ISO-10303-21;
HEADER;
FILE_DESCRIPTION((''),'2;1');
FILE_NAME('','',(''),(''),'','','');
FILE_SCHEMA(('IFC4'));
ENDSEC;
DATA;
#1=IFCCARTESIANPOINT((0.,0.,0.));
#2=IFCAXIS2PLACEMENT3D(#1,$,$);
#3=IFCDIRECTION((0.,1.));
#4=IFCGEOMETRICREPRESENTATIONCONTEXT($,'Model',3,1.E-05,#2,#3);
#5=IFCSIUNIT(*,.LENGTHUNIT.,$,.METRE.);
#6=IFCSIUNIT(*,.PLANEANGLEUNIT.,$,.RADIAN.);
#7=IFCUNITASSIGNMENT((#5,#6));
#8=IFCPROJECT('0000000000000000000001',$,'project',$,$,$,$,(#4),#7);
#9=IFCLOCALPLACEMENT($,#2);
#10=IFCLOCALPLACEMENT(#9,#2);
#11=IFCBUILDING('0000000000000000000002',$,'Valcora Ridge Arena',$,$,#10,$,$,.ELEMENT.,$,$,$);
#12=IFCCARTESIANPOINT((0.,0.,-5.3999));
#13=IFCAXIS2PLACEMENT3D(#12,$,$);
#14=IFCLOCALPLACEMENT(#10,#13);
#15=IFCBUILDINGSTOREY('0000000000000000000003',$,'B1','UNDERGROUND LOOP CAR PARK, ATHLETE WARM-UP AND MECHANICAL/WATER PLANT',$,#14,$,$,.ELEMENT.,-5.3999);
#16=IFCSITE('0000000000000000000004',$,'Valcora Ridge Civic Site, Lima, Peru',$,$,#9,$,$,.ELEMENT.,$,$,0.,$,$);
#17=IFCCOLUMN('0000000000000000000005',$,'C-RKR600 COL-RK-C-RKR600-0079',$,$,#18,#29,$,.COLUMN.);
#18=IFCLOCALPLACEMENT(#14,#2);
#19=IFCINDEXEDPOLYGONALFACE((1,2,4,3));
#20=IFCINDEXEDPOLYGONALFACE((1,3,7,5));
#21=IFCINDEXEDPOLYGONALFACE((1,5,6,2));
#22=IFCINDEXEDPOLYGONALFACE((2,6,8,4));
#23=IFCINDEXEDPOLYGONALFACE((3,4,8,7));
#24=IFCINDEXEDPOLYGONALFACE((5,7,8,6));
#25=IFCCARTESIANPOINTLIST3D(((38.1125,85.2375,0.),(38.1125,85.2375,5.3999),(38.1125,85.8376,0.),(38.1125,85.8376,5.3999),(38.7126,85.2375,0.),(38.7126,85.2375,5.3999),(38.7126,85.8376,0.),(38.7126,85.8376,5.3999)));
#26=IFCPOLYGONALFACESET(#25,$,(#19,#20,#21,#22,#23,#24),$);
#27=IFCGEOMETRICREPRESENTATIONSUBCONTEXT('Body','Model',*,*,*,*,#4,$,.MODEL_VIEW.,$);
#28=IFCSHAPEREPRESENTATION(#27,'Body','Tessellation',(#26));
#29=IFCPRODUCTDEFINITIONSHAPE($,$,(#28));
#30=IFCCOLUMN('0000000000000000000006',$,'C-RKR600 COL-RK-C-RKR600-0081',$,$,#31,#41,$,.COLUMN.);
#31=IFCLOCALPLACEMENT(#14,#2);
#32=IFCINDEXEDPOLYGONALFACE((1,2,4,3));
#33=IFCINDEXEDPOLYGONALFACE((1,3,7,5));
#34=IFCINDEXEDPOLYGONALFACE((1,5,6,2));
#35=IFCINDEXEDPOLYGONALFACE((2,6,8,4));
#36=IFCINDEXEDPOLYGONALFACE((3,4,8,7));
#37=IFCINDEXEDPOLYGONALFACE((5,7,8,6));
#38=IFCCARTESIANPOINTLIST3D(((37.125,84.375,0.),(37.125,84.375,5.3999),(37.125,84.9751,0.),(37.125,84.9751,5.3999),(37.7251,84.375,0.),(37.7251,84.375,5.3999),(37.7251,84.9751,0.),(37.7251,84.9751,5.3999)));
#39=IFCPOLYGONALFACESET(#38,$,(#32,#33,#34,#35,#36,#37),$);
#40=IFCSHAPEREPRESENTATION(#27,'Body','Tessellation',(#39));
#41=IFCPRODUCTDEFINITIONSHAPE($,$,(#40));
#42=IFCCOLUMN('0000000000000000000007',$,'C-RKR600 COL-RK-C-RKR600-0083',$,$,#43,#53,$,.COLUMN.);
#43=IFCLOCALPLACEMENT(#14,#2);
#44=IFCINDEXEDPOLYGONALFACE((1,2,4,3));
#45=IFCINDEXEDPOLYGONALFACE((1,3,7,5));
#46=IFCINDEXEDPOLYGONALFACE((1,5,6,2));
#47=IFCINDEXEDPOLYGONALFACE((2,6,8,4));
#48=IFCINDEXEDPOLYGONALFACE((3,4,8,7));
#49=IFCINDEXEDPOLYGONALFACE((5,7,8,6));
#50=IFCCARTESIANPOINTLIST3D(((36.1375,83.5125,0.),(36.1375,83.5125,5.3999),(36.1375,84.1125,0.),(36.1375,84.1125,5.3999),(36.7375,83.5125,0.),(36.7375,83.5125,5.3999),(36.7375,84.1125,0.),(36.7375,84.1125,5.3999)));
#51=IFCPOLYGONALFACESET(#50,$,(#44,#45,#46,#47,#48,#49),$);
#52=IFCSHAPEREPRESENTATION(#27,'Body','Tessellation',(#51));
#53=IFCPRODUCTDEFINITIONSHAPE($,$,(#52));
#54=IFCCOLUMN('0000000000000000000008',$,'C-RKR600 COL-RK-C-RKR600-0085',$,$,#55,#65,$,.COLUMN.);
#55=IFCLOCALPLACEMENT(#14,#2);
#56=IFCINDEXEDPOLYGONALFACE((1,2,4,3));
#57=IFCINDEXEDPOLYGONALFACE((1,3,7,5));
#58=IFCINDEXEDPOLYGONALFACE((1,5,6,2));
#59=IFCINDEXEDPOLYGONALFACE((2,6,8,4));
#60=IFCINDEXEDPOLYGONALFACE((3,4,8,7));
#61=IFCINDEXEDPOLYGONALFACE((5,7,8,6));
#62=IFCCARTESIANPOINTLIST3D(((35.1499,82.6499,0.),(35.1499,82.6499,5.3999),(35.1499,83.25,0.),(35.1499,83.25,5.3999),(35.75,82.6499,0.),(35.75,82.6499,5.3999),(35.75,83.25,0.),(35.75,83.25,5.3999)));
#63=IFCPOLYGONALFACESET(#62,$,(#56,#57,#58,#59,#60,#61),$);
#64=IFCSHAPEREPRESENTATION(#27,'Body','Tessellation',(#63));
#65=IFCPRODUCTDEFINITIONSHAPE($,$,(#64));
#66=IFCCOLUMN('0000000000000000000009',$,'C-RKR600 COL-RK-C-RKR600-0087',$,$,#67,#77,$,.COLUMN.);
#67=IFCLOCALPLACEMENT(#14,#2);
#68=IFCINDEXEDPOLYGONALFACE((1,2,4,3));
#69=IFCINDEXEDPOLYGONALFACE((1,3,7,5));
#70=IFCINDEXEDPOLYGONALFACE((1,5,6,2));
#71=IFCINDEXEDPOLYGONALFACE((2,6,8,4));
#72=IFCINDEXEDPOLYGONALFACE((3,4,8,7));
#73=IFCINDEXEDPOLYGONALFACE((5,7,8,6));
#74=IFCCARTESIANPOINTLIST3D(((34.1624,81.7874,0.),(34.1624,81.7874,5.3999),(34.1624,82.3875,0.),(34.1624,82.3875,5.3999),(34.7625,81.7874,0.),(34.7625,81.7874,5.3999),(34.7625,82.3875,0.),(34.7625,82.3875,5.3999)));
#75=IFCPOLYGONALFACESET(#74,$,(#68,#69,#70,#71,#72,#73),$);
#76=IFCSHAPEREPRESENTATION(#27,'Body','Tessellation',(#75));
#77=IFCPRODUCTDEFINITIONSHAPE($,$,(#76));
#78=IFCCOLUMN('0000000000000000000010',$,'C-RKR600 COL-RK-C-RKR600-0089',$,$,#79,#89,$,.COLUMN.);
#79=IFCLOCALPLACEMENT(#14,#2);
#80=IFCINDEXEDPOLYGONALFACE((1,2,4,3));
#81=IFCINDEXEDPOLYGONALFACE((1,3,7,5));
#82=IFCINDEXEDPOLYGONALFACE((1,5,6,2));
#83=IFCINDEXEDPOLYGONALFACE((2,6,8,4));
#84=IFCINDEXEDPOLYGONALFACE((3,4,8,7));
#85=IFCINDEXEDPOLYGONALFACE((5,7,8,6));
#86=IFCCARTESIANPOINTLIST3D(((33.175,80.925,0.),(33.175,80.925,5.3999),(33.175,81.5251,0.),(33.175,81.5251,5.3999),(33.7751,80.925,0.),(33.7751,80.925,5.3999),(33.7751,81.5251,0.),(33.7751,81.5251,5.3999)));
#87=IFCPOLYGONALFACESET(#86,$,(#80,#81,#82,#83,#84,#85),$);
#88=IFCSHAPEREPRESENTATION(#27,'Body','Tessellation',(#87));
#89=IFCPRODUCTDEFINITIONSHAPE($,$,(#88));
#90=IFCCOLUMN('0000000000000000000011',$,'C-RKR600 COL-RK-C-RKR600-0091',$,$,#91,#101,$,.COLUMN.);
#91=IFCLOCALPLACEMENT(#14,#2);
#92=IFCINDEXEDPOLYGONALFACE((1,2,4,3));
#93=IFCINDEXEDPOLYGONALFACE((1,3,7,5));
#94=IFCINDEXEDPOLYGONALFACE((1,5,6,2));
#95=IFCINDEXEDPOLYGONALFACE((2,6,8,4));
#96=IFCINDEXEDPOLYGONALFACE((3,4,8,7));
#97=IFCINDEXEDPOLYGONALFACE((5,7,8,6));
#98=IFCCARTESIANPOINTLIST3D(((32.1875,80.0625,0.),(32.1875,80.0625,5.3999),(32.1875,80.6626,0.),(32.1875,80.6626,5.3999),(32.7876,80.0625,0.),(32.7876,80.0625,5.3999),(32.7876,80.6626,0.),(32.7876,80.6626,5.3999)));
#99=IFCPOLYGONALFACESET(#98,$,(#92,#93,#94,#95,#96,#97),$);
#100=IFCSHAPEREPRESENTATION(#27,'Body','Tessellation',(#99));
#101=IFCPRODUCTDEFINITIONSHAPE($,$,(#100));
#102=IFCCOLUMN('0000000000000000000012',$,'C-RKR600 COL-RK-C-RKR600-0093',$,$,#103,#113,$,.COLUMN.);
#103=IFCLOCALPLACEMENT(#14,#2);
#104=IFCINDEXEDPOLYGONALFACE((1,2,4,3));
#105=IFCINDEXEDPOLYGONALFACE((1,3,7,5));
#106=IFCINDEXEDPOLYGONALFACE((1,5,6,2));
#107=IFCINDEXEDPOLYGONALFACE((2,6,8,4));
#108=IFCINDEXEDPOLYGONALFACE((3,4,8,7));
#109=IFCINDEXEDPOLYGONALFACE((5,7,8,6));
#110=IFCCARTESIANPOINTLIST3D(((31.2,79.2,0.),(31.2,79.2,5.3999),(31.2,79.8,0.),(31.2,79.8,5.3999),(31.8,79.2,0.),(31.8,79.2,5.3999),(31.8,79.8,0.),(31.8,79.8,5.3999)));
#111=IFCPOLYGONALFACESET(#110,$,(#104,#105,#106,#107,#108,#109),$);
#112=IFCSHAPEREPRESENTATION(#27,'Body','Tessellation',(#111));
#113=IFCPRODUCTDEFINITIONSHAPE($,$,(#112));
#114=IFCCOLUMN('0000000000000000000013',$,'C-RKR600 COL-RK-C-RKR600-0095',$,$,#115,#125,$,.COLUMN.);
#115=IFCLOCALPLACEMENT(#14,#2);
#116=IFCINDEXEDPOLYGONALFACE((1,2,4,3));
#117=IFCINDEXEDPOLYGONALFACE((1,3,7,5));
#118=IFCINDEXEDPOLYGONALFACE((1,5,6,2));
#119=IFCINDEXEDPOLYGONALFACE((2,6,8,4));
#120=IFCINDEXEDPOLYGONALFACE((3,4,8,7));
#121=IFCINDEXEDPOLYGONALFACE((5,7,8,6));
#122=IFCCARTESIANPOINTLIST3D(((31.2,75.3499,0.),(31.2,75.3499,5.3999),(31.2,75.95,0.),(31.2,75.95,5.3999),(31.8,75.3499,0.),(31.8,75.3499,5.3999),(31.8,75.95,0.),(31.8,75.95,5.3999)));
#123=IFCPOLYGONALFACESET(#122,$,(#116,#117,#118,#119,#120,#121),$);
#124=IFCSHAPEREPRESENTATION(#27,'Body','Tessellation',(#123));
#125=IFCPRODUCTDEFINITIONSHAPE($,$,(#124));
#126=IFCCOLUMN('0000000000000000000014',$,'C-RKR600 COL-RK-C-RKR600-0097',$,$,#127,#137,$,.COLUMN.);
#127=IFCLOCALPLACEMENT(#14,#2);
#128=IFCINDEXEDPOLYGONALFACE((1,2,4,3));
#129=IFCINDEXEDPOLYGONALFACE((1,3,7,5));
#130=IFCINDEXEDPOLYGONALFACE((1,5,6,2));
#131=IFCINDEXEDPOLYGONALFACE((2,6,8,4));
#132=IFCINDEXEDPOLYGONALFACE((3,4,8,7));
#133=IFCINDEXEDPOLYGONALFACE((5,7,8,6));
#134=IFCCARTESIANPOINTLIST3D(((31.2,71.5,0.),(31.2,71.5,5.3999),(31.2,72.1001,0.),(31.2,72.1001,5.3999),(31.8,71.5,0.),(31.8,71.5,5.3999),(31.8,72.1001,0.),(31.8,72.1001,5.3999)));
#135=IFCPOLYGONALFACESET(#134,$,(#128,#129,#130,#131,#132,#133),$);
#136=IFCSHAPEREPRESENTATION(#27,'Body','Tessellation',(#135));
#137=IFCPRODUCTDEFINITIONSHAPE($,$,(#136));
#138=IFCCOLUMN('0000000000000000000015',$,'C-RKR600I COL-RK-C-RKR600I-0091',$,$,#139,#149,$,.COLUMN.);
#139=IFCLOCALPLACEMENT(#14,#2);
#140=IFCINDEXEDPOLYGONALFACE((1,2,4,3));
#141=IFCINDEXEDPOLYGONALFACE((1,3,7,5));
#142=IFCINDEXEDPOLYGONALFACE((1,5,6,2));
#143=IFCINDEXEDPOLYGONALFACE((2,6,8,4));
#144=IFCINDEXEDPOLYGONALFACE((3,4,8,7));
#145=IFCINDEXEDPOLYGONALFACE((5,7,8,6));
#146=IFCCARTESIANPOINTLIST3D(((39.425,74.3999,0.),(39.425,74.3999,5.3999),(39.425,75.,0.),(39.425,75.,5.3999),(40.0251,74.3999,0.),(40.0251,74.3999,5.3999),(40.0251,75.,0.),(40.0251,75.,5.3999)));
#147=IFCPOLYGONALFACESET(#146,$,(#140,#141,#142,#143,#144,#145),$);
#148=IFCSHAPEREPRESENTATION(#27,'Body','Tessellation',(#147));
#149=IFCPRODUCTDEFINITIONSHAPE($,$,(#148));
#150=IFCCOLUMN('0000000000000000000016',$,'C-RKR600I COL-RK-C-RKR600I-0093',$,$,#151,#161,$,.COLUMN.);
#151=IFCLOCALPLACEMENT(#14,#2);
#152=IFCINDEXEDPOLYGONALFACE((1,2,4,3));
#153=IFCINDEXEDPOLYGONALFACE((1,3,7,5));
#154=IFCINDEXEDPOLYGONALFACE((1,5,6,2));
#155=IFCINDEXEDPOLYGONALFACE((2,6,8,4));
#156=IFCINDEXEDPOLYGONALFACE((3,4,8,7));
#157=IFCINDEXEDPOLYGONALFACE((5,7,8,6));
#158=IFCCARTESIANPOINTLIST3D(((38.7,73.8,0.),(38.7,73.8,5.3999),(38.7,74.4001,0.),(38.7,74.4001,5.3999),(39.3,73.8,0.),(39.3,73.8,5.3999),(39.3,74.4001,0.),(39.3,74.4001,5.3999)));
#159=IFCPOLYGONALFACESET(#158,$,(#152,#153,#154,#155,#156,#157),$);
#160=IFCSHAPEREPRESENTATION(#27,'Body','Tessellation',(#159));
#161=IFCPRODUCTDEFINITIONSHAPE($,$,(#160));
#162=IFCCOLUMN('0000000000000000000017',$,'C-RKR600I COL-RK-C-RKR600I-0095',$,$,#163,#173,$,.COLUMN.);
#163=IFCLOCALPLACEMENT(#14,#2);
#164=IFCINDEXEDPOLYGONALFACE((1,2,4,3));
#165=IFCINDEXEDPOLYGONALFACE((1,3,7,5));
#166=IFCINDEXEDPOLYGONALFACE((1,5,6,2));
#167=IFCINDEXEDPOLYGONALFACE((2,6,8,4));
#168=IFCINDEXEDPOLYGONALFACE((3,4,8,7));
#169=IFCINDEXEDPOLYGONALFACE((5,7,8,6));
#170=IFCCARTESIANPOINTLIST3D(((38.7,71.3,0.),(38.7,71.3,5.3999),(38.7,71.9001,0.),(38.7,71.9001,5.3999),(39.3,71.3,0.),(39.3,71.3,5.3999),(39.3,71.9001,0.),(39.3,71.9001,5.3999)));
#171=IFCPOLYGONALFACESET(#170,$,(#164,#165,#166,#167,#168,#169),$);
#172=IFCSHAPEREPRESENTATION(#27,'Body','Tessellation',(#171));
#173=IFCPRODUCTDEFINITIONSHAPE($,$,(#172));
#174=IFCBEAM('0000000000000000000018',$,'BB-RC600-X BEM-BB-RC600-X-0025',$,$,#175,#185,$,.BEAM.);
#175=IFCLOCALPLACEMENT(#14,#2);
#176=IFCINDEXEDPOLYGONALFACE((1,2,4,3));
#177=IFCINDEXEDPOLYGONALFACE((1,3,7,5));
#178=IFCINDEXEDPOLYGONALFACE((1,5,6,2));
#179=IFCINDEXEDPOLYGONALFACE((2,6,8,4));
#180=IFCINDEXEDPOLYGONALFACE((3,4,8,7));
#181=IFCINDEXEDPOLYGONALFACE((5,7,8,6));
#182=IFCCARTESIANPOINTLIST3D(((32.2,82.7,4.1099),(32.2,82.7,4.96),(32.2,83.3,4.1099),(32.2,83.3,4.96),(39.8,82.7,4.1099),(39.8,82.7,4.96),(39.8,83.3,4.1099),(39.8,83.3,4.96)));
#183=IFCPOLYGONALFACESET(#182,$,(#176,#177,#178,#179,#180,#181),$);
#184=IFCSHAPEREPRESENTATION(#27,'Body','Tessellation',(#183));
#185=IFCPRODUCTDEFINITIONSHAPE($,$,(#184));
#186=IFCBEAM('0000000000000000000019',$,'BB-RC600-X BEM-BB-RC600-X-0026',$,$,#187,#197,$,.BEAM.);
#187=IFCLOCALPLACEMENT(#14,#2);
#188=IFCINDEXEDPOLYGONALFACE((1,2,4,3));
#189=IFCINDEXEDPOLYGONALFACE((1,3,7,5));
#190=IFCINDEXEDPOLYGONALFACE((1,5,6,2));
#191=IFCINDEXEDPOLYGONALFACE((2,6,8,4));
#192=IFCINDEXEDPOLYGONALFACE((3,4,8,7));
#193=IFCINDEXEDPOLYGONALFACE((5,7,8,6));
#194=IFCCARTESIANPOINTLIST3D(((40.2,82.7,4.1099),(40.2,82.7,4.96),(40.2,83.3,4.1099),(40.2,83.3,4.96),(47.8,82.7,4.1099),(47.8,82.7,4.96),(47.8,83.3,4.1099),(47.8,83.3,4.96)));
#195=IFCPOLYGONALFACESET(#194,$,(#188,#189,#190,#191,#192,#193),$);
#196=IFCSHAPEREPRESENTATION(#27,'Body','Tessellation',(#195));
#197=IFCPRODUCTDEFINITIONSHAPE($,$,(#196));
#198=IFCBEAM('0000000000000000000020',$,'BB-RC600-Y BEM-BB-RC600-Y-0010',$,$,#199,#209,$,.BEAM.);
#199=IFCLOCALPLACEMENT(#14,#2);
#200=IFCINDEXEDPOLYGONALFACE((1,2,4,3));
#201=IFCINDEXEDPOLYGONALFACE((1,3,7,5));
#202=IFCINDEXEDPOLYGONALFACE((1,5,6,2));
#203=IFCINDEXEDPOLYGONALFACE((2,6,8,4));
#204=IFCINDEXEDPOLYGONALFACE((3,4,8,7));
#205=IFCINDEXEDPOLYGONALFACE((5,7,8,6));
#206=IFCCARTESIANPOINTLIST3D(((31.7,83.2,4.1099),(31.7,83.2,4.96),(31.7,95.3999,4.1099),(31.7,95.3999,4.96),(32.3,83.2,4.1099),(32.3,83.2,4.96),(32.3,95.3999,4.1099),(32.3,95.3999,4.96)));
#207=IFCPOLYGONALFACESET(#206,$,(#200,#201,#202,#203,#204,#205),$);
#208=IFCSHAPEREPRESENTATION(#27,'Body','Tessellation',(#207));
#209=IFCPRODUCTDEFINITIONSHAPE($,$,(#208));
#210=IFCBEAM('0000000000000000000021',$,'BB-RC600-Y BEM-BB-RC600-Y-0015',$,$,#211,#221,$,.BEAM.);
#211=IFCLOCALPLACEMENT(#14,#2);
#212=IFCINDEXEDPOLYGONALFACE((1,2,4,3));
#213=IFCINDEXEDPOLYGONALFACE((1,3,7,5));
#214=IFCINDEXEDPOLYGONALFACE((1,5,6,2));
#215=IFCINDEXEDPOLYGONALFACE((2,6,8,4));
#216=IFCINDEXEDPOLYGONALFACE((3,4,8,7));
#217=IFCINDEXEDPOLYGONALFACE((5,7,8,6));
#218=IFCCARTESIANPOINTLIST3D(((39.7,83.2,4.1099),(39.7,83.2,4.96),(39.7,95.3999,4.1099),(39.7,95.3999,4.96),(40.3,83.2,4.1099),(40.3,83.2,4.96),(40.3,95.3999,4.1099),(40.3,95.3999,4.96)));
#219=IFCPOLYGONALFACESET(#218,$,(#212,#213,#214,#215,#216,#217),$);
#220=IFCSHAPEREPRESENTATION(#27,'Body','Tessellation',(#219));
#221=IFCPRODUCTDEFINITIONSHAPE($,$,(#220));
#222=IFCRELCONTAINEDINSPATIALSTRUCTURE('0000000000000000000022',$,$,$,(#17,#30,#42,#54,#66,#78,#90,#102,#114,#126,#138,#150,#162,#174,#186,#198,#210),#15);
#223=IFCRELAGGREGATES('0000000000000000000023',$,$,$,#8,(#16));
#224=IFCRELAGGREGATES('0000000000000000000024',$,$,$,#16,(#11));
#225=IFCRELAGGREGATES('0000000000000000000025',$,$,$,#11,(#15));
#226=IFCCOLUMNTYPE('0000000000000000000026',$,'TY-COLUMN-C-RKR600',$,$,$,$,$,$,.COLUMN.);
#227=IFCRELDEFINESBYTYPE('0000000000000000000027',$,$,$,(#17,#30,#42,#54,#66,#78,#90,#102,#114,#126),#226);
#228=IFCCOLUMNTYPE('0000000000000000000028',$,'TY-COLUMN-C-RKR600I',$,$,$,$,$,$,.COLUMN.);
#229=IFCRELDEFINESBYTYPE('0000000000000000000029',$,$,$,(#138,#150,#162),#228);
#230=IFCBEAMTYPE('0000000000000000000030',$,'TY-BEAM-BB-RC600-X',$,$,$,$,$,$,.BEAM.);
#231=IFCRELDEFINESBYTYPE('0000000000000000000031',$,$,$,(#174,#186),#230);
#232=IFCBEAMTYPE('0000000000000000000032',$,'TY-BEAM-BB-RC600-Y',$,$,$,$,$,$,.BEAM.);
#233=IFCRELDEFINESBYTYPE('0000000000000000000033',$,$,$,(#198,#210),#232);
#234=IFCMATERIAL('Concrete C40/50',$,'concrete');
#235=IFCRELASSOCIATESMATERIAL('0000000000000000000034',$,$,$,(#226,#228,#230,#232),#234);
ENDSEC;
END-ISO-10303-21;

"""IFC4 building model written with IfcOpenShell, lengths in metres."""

from ifc_helpers import new_model, si_unit, direction, frame, origin, origin_2d, place, context, subcontext, project, spatial, rectangle, extrude, material, material_profile, profile_set, type_object, element, save


model = new_model("IFC4")

# Units and contexts
model_context = context("Model", 3, precision=1e-05, world=origin(), true_north=direction((0.0, 1.0)))
body_context = subcontext(model_context, "Body", "Model", "MODEL_VIEW")
ifc_project = project(units=[si_unit("LENGTHUNIT", "METRE"), si_unit("PLANEANGLEUNIT", "RADIAN")], contexts=[model_context])

# Site, building, storey
site_placement = place(None, origin())
site = spatial("IfcSite", under=ifc_project, at=site_placement, Name="Valcora Ridge Civic Site, Lima, Peru", CompositionType="ELEMENT", RefElevation=0.0)
building_placement = place(site_placement, origin())
building = spatial("IfcBuilding", under=site, at=building_placement, Name="Valcora Ridge Arena", CompositionType="ELEMENT")
storey_placement = place(building_placement, frame((0.0, 0.0, -5.3999)))
storey = spatial("IfcBuildingStorey", under=building, at=storey_placement, Name="B1", Description="UNDERGROUND LOOP CAR PARK, ATHLETE WARM-UP AND MECHANICAL/WATER PLANT", CompositionType="ELEMENT", Elevation=-5.3999)

# Shared definitions
ifc_material_1 = material(Name="Concrete C40/50", Category="concrete")

# Columns
ifc_material_profile_1 = material_profile(ifc_material_1, rectangle(XDim=0.6001, YDim=0.6001, at=origin_2d()), Name="RC 600x600")
ifc_profile_set_1 = profile_set([ifc_material_profile_1], Name="Concrete C40/50")
column_type_1 = type_object("IfcColumnType", Name="TY-COLUMN-C-RKR600", PredefinedType="COLUMN", material=ifc_profile_set_1)
for number, where, z_axis, x_axis, name in (
    (1, (38.4126, 85.5376, 0.0), (0.0, 0.0, 1.0), (1.0, 0.0, 0.0), "C-RKR600 COL-RK-C-RKR600-0079"),
    (2, (37.425, 84.675, 0.0), (0.0, 0.0, 1.0), (1.0, 0.0, 0.0), "C-RKR600 COL-RK-C-RKR600-0081"),
    (3, (36.4375, 83.8125, 0.0), (0.0, 0.0, 1.0), (1.0, 0.0, 0.0), "C-RKR600 COL-RK-C-RKR600-0083"),
    (4, (35.45, 82.95, 0.0), (0.0, 0.0, 1.0), (1.0, 0.0, 0.0), "C-RKR600 COL-RK-C-RKR600-0085"),
    (5, (34.4624, 82.0874, 0.0), (0.0, 0.0, 1.0), (1.0, 0.0, 0.0), "C-RKR600 COL-RK-C-RKR600-0087"),
    (6, (33.4751, 81.2251, 0.0), (0.0, 0.0, 1.0), (1.0, 0.0, 0.0), "C-RKR600 COL-RK-C-RKR600-0089"),
    (7, (32.4875, 80.3625, 0.0), (0.0, 0.0, 1.0), (1.0, 0.0, 0.0), "C-RKR600 COL-RK-C-RKR600-0091"),
    (8, (31.5, 79.5, 0.0), (0.0, 0.0, 1.0), (1.0, 0.0, 0.0), "C-RKR600 COL-RK-C-RKR600-0093"),
    (9, (31.5, 75.6499, 0.0), (0.0, 0.0, 1.0), (1.0, 0.0, 0.0), "C-RKR600 COL-RK-C-RKR600-0095"),
    (10, (31.5, 71.8, 0.0), (0.0, 0.0, 1.0), (1.0, 0.0, 0.0), "C-RKR600 COL-RK-C-RKR600-0097"),
):
    element("IfcColumn", number, at=place(storey_placement, frame(where, z_axis=z_axis, x_axis=x_axis)), inside=storey, type_object=column_type_1, Name=name, PredefinedType="COLUMN", context=body_context, shape_type="SweptSolid", body=[
        extrude(rectangle(XDim=0.6001, YDim=0.6001, at=origin_2d()), origin(), (0.0, 0.0, 1.0), 5.3999),
    ])
ifc_material_profile_2 = material_profile(ifc_material_1, rectangle(XDim=0.6001, YDim=0.6001, at=origin_2d()), Name="RC 600x600")
ifc_profile_set_2 = profile_set([ifc_material_profile_2], Name="Concrete C40/50")
column_type_2 = type_object("IfcColumnType", Name="TY-COLUMN-C-RKR600I", PredefinedType="COLUMN", material=ifc_profile_set_2)
for number, where, z_axis, x_axis, name in (
    (11, (39.7251, 74.7, 0.0), (0.0, 0.0, 1.0), (1.0, 0.0, 0.0), "C-RKR600I COL-RK-C-RKR600I-0091"),
    (12, (39.0, 74.1001, 0.0), (0.0, 0.0, 1.0), (1.0, 0.0, 0.0), "C-RKR600I COL-RK-C-RKR600I-0093"),
    (13, (39.0, 71.6001, 0.0), (0.0, 0.0, 1.0), (1.0, 0.0, 0.0), "C-RKR600I COL-RK-C-RKR600I-0095"),
):
    element("IfcColumn", number, at=place(storey_placement, frame(where, z_axis=z_axis, x_axis=x_axis)), inside=storey, type_object=column_type_2, Name=name, PredefinedType="COLUMN", context=body_context, shape_type="SweptSolid", body=[
        extrude(rectangle(XDim=0.6001, YDim=0.6001, at=origin_2d()), origin(), (0.0, 0.0, 1.0), 5.3999),
    ])

# Beams
ifc_material_profile_3 = material_profile(ifc_material_1, rectangle(XDim=0.6001, YDim=0.8501, at=origin_2d()), Name="RC 600x850")
ifc_profile_set_3 = profile_set([ifc_material_profile_3], Name="Concrete C40/50")
beam_type_1 = type_object("IfcBeamType", Name="TY-BEAM-BB-RC600-X", PredefinedType="BEAM", material=ifc_profile_set_3)
for number, where, z_axis, x_axis, name in (
    (14, (32.2, 83.0, 4.5349), (1.0, 0.0, 0.0), (0.0, 1.0, 0.0), "BB-RC600-X BEM-BB-RC600-X-0025"),
    (15, (40.2, 83.0, 4.5349), (1.0, 0.0, 0.0), (0.0, 1.0, 0.0), "BB-RC600-X BEM-BB-RC600-X-0026"),
):
    element("IfcBeam", number, at=place(storey_placement, frame(where, z_axis=z_axis, x_axis=x_axis)), inside=storey, type_object=beam_type_1, Name=name, PredefinedType="BEAM", context=body_context, shape_type="SweptSolid", body=[
        extrude(rectangle(XDim=0.6001, YDim=0.8501, at=origin_2d()), origin(), (0.0, 0.0, 1.0), 7.6001),
    ])
ifc_material_profile_4 = material_profile(ifc_material_1, rectangle(XDim=0.6001, YDim=0.8501, at=origin_2d()), Name="RC 600x850")
ifc_profile_set_4 = profile_set([ifc_material_profile_4], Name="Concrete C40/50")
beam_type_2 = type_object("IfcBeamType", Name="TY-BEAM-BB-RC600-Y", PredefinedType="BEAM", material=ifc_profile_set_4)
for number, where, z_axis, x_axis, name in (
    (16, (32.0, 83.2, 4.5349), (0.0, 1.0, 0.0), (-1.0, 0.0, 0.0), "BB-RC600-Y BEM-BB-RC600-Y-0010"),
    (17, (40.0, 83.2, 4.5349), (0.0, 1.0, 0.0), (-1.0, 0.0, 0.0), "BB-RC600-Y BEM-BB-RC600-Y-0015"),
):
    element("IfcBeam", number, at=place(storey_placement, frame(where, z_axis=z_axis, x_axis=x_axis)), inside=storey, type_object=beam_type_2, Name=name, PredefinedType="BEAM", context=body_context, shape_type="SweptSolid", body=[
        extrude(rectangle(XDim=0.6001, YDim=0.8501, at=origin_2d()), origin(), (0.0, 0.0, 1.0), 12.2),
    ])

save(model, "model.ifc")
